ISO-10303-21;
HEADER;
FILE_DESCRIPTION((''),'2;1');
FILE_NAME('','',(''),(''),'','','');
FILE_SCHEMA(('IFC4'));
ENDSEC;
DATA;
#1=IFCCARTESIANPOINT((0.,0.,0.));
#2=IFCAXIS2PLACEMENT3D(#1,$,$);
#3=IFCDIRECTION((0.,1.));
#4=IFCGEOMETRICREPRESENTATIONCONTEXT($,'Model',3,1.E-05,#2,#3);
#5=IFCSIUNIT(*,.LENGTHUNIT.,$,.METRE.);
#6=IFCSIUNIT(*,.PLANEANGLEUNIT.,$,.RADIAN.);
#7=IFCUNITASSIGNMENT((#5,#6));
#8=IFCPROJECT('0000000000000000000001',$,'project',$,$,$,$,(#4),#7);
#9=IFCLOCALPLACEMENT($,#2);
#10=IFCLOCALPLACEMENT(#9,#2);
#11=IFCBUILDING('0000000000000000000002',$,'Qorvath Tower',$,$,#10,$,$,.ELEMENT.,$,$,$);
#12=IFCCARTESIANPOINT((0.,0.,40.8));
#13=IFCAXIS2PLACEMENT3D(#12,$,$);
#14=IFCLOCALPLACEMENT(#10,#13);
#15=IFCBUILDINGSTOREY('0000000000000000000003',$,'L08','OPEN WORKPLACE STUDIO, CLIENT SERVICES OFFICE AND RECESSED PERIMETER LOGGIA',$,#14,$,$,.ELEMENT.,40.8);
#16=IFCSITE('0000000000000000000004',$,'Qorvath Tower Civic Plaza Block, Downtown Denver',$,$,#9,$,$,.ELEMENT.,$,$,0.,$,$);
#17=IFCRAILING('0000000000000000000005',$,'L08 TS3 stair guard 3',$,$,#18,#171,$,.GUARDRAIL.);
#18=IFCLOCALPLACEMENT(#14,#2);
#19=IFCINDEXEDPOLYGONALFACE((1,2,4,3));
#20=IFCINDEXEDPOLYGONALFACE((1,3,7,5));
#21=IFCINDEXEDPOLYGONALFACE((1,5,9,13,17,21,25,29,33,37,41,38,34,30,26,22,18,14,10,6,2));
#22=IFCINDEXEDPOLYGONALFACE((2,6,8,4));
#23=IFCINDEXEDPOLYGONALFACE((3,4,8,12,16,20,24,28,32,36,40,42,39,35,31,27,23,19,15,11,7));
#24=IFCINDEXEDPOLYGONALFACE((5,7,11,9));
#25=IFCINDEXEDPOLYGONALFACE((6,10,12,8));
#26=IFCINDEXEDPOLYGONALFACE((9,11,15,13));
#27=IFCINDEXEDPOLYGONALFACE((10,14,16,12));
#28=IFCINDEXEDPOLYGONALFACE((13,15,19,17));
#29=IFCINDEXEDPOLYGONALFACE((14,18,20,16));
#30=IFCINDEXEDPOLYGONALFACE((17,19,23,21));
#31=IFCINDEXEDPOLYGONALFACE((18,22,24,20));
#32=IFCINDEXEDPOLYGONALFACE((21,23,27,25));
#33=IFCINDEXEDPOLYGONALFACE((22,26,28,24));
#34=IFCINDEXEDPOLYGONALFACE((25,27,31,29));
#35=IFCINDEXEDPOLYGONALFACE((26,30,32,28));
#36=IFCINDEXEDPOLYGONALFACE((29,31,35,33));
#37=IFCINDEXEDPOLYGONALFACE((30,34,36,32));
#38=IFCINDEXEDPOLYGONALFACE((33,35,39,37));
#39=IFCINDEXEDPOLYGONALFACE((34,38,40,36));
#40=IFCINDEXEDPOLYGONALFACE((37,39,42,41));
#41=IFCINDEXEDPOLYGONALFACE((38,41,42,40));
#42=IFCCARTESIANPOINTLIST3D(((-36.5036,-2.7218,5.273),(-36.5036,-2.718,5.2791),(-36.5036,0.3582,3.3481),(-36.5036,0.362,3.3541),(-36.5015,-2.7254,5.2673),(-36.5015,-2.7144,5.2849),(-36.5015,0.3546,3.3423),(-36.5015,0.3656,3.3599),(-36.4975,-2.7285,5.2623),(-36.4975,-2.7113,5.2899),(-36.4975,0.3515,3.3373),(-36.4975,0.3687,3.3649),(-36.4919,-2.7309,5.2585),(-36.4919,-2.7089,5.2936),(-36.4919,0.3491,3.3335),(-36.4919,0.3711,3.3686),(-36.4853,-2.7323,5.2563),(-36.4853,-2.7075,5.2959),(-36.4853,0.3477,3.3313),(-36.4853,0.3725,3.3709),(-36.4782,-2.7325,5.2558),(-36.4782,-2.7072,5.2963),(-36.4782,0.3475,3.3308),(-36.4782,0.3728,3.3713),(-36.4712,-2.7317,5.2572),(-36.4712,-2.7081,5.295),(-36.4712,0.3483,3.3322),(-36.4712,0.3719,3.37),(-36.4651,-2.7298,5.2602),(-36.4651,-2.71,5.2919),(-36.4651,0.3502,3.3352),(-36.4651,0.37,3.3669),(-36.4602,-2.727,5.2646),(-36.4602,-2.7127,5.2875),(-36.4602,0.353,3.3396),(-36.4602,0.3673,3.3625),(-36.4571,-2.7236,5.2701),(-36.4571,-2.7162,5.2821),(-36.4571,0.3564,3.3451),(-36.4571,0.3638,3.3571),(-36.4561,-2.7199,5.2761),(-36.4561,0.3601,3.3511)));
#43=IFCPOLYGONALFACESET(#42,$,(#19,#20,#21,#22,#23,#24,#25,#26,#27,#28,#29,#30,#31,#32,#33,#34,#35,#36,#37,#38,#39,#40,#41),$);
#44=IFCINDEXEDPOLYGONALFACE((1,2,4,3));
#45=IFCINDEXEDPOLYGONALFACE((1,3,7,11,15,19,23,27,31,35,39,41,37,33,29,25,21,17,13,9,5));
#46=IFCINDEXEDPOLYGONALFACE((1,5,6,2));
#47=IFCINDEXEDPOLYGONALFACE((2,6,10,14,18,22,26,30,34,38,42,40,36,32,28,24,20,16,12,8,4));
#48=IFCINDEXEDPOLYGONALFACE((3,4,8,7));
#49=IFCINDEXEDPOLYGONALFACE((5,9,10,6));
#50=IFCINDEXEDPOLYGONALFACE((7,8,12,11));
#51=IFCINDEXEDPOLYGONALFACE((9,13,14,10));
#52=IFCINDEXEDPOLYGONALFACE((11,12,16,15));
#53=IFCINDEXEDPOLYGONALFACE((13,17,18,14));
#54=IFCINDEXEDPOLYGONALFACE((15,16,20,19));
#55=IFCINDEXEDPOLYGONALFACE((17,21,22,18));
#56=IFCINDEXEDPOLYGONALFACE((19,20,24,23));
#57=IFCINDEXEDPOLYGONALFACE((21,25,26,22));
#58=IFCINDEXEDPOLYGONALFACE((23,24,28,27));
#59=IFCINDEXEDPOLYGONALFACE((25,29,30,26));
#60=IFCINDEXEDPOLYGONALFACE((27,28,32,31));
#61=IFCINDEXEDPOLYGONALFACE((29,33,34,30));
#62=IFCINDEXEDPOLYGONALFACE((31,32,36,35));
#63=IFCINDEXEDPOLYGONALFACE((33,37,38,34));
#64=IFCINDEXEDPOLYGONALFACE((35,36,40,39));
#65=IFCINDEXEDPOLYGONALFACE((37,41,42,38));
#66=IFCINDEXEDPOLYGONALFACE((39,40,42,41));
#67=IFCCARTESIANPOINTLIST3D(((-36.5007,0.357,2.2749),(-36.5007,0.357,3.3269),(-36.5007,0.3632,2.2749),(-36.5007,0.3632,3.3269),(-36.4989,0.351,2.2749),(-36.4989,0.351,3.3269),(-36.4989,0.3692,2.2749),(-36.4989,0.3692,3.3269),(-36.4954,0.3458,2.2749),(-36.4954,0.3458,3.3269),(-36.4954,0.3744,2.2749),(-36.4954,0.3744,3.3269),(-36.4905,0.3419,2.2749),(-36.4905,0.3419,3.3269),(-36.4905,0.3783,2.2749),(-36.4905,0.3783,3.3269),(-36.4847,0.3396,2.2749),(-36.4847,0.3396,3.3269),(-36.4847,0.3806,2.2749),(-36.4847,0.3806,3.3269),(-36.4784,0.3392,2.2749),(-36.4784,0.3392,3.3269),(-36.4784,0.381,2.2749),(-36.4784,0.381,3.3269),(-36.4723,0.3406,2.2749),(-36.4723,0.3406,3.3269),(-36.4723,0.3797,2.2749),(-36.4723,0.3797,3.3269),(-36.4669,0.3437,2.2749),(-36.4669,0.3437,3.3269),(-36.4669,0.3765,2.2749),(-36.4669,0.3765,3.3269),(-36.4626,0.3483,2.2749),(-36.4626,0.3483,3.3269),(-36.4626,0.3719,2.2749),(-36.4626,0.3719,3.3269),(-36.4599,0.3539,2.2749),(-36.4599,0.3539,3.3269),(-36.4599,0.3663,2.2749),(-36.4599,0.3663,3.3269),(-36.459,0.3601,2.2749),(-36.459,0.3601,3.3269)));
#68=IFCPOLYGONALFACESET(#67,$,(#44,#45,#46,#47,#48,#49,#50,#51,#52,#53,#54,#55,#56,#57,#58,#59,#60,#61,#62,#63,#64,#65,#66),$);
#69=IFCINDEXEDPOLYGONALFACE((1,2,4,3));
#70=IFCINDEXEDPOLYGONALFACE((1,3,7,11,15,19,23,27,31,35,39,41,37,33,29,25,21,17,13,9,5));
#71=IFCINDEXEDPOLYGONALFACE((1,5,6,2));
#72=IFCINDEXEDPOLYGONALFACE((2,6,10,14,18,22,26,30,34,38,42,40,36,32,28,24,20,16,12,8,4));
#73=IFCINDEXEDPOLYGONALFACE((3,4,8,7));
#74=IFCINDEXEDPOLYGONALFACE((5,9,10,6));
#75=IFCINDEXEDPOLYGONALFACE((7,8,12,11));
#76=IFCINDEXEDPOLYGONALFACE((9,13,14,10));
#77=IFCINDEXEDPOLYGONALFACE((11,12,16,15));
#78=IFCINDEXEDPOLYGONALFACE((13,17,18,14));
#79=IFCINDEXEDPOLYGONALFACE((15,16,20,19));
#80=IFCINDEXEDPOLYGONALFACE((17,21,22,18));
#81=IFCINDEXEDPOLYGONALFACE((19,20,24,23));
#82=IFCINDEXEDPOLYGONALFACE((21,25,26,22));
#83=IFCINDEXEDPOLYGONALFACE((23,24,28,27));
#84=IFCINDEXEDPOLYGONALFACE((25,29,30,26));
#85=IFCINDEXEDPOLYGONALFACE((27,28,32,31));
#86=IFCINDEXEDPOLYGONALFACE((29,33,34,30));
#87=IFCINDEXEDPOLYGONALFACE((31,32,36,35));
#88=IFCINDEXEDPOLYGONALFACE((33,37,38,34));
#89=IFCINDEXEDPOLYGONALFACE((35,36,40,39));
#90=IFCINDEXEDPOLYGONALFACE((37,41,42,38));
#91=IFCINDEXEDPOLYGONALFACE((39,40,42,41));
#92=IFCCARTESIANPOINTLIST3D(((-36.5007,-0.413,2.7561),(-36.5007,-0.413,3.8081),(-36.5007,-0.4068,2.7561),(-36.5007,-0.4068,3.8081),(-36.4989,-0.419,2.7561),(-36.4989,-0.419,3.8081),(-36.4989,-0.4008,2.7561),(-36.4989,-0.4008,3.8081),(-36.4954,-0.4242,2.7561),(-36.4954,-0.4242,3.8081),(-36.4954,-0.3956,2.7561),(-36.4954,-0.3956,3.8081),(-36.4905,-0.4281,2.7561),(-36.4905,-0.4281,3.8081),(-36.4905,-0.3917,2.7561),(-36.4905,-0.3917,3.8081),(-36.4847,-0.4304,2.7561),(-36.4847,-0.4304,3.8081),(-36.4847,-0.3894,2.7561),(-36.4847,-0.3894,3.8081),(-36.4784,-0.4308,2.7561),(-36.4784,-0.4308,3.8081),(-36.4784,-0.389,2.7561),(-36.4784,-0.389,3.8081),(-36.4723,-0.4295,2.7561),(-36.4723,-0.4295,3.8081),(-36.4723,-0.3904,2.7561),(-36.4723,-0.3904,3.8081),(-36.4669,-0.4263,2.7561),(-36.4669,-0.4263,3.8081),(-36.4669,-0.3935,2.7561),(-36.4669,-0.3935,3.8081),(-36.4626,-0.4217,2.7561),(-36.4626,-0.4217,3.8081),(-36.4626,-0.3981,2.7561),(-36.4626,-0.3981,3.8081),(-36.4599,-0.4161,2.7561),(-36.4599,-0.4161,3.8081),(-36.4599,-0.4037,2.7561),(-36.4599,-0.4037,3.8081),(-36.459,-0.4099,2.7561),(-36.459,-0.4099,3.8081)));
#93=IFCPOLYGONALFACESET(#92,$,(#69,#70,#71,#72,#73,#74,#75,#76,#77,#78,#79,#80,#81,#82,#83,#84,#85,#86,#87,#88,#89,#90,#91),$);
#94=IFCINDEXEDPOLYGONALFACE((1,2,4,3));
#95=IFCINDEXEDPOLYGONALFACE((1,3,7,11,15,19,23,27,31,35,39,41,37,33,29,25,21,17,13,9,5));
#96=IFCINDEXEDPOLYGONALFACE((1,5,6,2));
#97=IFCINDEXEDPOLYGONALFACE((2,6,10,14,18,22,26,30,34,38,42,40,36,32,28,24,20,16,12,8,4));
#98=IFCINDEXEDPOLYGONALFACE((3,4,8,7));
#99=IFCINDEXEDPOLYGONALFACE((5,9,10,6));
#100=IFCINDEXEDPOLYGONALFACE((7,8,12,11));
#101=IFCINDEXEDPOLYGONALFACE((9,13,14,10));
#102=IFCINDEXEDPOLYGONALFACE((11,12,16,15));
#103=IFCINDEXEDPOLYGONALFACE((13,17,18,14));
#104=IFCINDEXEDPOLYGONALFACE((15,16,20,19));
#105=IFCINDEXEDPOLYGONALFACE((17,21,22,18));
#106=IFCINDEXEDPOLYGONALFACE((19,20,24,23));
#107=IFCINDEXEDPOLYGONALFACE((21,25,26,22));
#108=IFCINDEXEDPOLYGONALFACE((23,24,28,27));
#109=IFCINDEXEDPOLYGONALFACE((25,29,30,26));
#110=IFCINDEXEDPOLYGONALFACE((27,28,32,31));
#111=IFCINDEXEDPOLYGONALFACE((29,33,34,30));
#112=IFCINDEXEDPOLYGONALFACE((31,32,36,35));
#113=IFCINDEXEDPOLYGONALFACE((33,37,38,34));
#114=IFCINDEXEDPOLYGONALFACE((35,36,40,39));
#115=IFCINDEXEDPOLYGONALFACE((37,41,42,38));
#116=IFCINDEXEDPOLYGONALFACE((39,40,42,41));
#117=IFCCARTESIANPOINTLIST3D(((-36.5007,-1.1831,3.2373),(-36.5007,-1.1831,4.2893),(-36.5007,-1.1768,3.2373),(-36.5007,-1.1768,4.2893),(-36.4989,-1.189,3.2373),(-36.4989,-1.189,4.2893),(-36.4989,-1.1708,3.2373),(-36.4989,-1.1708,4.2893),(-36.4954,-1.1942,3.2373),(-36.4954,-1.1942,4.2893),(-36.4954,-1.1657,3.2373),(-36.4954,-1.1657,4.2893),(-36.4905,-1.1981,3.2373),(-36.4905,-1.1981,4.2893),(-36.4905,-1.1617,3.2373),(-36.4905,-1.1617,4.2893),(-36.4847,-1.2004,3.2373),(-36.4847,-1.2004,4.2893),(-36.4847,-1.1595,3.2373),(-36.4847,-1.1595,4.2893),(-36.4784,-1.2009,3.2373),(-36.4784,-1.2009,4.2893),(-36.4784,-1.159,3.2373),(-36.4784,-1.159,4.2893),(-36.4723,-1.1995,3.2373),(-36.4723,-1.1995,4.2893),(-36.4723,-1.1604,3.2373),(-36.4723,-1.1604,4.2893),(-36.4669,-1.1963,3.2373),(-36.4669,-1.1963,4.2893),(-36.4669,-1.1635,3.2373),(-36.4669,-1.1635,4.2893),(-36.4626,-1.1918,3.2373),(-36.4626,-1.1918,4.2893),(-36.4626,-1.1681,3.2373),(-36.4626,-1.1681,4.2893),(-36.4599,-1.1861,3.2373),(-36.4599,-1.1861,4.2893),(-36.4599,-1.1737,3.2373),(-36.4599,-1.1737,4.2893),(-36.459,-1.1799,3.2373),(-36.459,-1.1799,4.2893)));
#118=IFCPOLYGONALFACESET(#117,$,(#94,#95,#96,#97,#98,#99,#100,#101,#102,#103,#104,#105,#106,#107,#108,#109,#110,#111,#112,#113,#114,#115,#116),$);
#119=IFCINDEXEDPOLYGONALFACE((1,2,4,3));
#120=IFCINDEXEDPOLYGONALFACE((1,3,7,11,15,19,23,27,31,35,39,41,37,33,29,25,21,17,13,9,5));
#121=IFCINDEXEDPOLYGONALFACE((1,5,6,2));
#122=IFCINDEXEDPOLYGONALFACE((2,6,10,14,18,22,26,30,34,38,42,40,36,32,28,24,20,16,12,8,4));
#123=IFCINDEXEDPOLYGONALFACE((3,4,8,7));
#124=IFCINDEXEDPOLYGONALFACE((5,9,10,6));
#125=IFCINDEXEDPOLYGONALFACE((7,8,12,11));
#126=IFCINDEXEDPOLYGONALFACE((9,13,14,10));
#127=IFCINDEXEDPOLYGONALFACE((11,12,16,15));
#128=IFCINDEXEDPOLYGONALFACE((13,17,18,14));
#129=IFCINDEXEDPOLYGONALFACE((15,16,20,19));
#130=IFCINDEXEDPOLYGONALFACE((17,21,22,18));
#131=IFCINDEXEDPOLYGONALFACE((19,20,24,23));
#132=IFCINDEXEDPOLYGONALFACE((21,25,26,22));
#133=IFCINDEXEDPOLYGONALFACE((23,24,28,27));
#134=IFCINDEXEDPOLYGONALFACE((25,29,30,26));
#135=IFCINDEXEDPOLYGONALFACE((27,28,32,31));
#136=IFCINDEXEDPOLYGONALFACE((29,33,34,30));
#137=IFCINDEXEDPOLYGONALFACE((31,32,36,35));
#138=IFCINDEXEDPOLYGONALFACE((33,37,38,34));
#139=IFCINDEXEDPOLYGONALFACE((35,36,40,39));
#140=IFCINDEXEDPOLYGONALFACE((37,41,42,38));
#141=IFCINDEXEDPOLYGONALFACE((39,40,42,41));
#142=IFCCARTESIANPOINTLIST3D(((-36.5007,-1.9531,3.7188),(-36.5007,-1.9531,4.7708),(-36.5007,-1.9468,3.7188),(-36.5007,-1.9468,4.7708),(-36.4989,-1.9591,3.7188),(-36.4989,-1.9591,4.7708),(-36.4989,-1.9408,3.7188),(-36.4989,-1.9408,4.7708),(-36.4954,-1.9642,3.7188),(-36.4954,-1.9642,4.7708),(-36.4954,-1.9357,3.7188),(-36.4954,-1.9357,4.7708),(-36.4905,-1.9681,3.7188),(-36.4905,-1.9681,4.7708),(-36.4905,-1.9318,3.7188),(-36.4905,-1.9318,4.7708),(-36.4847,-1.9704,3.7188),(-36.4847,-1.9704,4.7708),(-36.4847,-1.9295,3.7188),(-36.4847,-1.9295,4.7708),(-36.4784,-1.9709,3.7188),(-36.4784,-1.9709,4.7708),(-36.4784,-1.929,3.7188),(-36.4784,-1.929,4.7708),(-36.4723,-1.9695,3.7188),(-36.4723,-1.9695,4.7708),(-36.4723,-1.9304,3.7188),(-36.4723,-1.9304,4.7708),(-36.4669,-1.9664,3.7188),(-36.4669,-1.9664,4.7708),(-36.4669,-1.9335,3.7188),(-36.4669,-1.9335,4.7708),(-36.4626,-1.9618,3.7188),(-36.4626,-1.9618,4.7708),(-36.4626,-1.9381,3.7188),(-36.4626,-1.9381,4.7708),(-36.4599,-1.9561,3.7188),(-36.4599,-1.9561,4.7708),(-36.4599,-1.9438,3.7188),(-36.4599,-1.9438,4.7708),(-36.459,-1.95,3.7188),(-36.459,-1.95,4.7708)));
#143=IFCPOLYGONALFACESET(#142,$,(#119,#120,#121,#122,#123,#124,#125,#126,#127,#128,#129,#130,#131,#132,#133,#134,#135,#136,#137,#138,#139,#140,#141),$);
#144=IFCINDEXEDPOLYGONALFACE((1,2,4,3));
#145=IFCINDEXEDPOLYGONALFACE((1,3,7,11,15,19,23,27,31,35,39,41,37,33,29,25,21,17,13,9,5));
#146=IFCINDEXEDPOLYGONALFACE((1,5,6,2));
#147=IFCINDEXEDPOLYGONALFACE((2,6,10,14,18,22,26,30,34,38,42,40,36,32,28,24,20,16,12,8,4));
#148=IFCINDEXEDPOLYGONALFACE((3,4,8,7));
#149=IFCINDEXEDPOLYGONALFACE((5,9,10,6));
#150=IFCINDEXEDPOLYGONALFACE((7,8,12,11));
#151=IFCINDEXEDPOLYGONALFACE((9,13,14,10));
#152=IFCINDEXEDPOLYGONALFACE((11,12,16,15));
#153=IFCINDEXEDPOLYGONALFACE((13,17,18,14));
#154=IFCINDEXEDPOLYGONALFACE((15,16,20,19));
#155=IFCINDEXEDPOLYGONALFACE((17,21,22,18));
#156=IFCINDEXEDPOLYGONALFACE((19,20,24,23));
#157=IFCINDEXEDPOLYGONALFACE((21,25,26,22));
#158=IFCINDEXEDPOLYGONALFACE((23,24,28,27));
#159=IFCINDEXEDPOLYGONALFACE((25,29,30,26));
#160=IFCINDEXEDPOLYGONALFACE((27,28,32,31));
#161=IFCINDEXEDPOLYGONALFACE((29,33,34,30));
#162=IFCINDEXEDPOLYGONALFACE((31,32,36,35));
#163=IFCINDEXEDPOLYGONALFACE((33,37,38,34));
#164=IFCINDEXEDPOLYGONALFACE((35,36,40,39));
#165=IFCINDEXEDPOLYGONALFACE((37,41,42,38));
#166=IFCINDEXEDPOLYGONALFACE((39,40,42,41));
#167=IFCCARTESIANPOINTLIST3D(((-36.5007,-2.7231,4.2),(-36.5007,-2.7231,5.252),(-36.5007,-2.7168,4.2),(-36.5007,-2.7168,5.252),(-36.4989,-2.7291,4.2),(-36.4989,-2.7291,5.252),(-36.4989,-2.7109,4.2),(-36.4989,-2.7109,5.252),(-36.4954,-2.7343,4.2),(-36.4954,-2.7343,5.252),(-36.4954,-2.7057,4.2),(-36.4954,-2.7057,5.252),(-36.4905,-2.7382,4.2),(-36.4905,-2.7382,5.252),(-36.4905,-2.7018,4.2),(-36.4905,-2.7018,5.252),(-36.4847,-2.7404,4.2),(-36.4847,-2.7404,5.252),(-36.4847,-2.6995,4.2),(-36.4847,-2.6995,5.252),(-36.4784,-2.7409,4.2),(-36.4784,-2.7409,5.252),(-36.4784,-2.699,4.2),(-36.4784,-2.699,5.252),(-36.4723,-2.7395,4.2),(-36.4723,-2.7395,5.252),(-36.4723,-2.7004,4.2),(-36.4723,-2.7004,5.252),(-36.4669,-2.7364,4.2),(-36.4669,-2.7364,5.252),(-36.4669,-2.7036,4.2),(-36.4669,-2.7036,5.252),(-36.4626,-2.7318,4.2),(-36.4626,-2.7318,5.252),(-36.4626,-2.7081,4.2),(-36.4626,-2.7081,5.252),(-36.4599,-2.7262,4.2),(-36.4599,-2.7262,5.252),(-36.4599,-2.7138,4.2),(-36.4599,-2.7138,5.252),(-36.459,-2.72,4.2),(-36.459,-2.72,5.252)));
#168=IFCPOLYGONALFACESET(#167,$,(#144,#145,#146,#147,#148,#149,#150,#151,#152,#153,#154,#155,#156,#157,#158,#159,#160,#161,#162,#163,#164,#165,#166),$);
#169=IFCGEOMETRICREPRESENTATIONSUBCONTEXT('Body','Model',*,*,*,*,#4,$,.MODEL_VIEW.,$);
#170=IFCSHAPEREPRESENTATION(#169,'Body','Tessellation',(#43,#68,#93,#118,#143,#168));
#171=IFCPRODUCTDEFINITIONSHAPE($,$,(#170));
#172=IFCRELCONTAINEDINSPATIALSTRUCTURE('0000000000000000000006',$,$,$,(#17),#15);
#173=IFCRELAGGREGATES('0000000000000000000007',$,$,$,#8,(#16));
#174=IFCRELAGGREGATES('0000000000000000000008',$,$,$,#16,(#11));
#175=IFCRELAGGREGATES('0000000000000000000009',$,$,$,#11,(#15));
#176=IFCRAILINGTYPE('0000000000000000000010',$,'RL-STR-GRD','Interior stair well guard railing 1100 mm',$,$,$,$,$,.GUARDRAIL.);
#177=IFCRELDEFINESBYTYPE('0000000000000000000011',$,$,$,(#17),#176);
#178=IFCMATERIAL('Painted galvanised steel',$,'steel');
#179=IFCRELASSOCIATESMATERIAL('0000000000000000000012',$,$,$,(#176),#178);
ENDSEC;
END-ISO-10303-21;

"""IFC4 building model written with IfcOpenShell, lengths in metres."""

from ifc_helpers import new_model, si_unit, direction, frame, origin, origin_2d, place, context, subcontext, project, spatial, circle, extrude, material, type_object, element, save


model = new_model("IFC4")

# Units and contexts
model_context = context("Model", 3, precision=1e-05, world=origin(), true_north=direction((0.0, 1.0)))
body_context = subcontext(model_context, "Body", "Model", "MODEL_VIEW")
ifc_project = project(units=[si_unit("LENGTHUNIT", "METRE"), si_unit("PLANEANGLEUNIT", "RADIAN")], contexts=[model_context])

# Site, building, storey
site_placement = place(None, origin())
site = spatial("IfcSite", under=ifc_project, at=site_placement, Name="Qorvath Tower Civic Plaza Block, Downtown Denver", CompositionType="ELEMENT", RefElevation=0.0)
building_placement = place(site_placement, origin())
building = spatial("IfcBuilding", under=site, at=building_placement, Name="Qorvath Tower", CompositionType="ELEMENT")
storey_placement = place(building_placement, frame((0.0, 0.0, 40.8)))
storey = spatial("IfcBuildingStorey", under=building, at=storey_placement, Name="L08", Description="OPEN WORKPLACE STUDIO, CLIENT SERVICES OFFICE AND RECESSED PERIMETER LOGGIA", CompositionType="ELEMENT", Elevation=40.8)

# Railing
ifc_material_1 = material(Name="Painted galvanised steel", Category="steel")
railing_type_1 = type_object("IfcRailingType", Name="RL-STR-GRD", Description="Interior stair well guard railing 1100 mm", PredefinedType="GUARDRAIL", material=ifc_material_1)
railing_1_placement = place(storey_placement, frame((-36.48, 0.3601, 2.2749)))
element("IfcRailing", 1, at=railing_1_placement, inside=storey, type_object=railing_type_1, Name="L08 TS3 stair guard 3", PredefinedType="GUARDRAIL", context=body_context, shape_type="SweptSolid", body=[
    extrude(circle(Radius=0.0239, at=origin_2d()), frame((0.0, 0.0, 1.0762), z_axis=(0.0, -0.847998, 0.529999), x_axis=(1.0, 0.0, 0.0)), (0.0, 0.0, 1.0), 3.6321),
    extrude(circle(Radius=0.021, at=origin_2d()), origin(), (0.0, 0.0, 1.0), 1.052),
    extrude(circle(Radius=0.021, at=origin_2d()), frame((0.0, -0.77, 0.4812)), (0.0, 0.0, 1.0), 1.052),
    extrude(circle(Radius=0.021, at=origin_2d()), frame((0.0, -1.54, 0.9624)), (0.0, 0.0, 1.0), 1.052),
    extrude(circle(Radius=0.021, at=origin_2d()), frame((0.0, -2.3101, 1.4438)), (0.0, 0.0, 1.0), 1.052),
    extrude(circle(Radius=0.021, at=origin_2d()), frame((0.0, -3.0801, 1.925)), (0.0, 0.0, 1.0), 1.052),
])

save(model, "model.ifc")
